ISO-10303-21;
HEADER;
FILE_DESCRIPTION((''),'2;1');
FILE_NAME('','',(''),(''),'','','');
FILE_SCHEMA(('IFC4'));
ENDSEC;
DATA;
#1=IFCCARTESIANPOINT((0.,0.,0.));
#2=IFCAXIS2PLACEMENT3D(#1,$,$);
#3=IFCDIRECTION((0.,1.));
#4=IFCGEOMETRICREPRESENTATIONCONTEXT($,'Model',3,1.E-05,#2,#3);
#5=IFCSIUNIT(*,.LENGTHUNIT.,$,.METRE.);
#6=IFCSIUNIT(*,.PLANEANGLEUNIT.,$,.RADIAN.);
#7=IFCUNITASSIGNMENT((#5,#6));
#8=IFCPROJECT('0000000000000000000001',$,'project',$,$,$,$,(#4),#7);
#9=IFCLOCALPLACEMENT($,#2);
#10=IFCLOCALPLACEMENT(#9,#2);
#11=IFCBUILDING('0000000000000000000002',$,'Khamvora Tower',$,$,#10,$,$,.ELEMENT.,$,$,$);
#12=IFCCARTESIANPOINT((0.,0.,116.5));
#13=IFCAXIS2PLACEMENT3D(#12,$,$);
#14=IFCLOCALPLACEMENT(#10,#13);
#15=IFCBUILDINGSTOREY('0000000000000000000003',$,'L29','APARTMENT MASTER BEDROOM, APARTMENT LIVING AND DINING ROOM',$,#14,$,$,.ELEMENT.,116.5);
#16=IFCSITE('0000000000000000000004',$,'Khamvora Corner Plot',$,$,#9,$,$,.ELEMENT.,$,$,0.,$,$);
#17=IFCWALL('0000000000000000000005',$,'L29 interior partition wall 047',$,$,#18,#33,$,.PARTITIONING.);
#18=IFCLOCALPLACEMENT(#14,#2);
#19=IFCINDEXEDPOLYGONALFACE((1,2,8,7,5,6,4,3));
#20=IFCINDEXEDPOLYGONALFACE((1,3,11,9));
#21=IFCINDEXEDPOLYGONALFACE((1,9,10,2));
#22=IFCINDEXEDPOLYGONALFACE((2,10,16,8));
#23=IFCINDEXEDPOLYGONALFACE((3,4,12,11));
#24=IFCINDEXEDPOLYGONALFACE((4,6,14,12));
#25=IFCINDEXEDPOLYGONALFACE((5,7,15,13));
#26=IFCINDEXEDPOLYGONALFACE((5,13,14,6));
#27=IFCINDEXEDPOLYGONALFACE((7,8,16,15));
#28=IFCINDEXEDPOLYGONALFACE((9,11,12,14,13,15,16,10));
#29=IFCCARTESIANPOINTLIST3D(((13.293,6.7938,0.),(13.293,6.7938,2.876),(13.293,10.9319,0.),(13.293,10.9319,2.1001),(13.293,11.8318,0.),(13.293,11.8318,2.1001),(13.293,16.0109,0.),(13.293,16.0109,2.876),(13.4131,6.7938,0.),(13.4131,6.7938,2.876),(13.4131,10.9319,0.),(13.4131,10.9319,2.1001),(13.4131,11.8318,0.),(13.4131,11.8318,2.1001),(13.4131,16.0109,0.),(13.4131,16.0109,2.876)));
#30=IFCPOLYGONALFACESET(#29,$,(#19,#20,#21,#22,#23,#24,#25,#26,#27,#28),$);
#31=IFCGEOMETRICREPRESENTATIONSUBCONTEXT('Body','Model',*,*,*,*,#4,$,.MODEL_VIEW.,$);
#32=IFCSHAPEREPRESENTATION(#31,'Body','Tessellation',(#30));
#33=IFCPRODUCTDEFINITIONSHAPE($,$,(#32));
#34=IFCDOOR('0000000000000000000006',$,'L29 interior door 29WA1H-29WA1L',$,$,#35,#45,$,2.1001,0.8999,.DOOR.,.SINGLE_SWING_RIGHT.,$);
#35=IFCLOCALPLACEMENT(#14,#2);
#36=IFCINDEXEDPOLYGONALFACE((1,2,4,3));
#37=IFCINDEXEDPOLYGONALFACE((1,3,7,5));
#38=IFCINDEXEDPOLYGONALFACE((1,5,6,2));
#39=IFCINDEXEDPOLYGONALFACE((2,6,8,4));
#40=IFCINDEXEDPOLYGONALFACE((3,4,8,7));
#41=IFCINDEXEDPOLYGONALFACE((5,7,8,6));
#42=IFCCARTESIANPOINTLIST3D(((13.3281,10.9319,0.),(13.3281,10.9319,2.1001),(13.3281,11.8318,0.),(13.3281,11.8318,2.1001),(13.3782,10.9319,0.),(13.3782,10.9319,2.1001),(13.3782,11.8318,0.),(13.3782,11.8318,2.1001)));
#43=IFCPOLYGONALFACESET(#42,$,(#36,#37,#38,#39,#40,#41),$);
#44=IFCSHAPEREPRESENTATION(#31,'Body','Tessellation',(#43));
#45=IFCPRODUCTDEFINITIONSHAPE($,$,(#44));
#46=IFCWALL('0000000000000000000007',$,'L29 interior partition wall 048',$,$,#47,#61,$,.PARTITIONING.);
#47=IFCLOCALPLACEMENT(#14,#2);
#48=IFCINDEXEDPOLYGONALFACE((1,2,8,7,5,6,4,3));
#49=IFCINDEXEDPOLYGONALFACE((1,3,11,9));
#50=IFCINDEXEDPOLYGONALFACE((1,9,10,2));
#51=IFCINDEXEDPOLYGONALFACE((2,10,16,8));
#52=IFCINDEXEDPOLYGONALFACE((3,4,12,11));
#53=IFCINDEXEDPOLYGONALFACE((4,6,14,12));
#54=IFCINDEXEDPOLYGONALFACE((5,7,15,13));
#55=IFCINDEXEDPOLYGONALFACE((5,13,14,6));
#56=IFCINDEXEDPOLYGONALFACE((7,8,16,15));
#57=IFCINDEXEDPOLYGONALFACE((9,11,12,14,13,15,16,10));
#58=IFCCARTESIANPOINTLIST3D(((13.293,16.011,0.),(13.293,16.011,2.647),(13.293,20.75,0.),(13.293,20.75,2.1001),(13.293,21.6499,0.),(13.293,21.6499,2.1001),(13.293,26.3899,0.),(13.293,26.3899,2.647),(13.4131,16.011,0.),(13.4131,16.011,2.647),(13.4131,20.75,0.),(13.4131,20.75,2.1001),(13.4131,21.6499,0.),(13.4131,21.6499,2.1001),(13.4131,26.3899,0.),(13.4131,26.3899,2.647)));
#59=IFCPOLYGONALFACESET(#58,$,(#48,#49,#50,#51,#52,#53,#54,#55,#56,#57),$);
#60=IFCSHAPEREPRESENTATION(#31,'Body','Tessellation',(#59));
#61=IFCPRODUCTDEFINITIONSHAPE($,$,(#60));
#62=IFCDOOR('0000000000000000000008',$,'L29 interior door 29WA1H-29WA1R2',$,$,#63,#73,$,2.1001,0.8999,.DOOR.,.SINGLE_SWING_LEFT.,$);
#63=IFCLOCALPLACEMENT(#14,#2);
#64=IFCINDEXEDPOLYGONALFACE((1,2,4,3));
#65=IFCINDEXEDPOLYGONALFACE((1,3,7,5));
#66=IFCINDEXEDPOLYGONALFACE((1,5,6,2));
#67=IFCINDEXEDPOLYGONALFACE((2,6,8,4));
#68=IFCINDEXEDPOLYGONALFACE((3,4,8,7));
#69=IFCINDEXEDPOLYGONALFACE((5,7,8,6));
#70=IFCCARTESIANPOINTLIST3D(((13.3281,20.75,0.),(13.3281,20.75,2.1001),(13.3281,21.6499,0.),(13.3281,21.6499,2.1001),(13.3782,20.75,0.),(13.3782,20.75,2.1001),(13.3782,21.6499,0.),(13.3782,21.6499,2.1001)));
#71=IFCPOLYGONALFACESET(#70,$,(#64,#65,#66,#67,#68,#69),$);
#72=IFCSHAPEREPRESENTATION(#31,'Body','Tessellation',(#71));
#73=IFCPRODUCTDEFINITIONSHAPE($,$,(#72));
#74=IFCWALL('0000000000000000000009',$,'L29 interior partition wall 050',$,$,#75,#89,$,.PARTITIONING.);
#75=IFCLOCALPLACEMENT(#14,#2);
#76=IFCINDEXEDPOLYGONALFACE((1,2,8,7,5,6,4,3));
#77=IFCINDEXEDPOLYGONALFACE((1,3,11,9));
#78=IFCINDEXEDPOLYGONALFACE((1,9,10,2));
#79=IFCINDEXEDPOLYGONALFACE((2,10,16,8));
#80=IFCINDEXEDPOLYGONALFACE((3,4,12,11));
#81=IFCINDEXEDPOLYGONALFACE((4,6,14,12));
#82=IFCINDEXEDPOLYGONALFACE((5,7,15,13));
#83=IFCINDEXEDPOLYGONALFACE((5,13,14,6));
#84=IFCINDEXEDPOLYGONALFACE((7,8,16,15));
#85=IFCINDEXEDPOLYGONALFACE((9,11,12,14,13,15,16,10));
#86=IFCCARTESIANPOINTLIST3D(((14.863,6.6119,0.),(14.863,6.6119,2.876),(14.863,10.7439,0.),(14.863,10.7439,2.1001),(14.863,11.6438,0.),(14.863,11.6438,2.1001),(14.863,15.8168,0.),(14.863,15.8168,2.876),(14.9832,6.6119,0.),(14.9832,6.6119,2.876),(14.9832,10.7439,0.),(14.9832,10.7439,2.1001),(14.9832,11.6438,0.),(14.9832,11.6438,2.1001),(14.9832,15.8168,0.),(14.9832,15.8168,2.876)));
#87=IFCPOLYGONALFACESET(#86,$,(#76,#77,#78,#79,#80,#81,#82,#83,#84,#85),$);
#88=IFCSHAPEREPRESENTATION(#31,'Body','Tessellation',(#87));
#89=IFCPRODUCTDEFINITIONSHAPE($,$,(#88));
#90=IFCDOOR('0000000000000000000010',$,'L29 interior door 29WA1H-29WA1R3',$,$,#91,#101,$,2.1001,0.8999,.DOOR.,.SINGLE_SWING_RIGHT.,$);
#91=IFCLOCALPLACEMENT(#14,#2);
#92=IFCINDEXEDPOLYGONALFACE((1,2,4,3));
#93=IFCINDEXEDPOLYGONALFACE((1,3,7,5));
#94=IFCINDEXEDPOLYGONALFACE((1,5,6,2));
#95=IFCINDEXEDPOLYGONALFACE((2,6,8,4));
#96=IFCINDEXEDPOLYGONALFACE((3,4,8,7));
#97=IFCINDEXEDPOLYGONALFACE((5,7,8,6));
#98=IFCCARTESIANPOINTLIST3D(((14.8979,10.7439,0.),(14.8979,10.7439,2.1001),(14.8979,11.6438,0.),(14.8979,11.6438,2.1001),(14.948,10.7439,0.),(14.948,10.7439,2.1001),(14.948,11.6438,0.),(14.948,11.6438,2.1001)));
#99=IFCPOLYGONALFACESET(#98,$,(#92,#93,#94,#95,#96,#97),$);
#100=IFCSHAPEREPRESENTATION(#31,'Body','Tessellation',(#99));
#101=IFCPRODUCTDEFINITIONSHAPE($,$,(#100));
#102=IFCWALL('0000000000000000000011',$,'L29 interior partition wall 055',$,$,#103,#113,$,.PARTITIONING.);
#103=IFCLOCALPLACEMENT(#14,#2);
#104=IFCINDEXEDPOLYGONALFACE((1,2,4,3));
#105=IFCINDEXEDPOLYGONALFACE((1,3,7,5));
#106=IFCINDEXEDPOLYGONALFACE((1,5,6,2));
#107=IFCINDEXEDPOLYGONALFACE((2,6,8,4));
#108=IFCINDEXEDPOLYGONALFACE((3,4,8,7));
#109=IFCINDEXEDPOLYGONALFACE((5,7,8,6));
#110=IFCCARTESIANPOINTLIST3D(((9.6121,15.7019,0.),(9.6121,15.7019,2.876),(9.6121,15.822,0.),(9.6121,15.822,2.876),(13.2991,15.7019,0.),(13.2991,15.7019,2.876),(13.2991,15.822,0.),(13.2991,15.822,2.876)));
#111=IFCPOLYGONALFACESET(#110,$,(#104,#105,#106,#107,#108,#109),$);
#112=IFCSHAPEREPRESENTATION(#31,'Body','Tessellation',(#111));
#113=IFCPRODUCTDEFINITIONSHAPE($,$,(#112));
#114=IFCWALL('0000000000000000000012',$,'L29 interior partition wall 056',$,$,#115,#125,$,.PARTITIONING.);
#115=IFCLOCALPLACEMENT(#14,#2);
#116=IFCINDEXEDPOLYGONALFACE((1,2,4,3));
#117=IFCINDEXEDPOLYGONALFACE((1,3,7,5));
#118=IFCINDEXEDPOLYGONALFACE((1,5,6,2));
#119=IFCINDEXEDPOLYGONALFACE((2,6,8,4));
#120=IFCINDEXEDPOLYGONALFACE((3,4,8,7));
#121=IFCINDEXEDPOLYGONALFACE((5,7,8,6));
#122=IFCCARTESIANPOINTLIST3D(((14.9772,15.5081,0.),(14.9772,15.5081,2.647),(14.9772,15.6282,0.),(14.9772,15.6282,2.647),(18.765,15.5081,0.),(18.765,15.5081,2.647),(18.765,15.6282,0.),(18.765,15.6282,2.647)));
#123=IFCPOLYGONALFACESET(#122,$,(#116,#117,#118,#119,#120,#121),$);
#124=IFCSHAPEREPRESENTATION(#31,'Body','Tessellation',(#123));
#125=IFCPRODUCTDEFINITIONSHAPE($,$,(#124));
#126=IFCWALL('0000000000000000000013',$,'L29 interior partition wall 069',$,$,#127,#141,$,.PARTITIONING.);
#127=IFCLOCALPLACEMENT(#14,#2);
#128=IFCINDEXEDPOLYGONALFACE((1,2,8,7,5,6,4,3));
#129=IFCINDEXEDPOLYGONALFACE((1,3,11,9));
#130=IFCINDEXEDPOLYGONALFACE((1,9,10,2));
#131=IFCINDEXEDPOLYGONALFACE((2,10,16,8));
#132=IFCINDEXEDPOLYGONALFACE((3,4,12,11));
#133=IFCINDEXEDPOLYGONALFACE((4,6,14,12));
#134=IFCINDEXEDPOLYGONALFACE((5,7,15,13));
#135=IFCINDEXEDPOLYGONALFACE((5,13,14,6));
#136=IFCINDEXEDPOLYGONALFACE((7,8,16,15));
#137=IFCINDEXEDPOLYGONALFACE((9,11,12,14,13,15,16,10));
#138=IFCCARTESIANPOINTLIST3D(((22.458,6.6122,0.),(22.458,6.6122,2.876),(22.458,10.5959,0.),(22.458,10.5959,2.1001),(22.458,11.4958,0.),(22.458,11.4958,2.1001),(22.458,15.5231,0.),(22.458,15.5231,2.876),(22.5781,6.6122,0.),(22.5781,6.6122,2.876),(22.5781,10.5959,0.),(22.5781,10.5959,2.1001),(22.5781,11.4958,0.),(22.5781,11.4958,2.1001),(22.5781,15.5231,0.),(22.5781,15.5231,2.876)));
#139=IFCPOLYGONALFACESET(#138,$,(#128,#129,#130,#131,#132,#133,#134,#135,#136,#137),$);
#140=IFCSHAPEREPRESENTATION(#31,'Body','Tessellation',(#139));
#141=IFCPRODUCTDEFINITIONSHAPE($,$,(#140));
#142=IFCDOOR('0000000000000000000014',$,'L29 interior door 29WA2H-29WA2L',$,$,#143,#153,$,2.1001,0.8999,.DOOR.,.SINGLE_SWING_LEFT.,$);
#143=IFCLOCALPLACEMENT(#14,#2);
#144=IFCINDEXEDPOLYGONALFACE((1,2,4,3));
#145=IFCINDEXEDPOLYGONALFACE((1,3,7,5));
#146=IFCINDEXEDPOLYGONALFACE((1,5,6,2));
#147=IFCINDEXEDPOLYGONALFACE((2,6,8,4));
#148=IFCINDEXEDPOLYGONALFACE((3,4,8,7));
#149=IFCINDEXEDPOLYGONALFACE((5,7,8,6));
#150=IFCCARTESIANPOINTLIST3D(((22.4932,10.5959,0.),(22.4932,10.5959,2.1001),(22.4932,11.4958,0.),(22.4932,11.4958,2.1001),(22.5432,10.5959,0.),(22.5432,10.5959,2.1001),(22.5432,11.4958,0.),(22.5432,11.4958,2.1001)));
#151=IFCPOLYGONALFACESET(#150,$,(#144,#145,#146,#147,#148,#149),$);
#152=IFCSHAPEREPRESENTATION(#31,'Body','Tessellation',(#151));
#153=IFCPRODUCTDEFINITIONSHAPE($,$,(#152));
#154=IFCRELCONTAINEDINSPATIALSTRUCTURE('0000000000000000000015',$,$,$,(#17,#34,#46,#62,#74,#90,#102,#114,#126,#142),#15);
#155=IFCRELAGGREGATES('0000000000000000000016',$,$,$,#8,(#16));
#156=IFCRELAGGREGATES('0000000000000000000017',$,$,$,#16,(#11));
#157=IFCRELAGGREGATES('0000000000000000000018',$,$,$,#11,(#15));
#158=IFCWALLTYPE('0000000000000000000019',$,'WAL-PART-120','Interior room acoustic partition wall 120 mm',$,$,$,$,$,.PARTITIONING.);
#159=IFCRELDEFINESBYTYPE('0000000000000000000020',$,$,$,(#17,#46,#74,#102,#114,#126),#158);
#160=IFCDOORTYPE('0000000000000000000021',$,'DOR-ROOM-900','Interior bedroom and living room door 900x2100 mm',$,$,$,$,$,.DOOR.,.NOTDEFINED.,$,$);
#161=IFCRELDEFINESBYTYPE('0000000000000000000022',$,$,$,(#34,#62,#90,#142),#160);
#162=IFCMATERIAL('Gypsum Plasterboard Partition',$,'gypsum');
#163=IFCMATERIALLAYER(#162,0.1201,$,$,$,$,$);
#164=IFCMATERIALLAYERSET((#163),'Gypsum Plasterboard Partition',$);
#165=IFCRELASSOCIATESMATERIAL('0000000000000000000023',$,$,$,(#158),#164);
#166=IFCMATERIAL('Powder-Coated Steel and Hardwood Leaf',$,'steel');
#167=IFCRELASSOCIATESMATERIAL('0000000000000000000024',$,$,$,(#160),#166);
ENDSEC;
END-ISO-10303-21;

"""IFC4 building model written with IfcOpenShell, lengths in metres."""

from ifc_helpers import new_model, si_unit, direction, frame, frame_2d, origin, place, context, subcontext, project, spatial, rectangle, extrude, material, layer, layer_set, type_object, element, fill, save


model = new_model("IFC4")

# Units and contexts
model_context = context("Model", 3, precision=1e-05, world=origin(), true_north=direction((0.0, 1.0)))
body_context = subcontext(model_context, "Body", "Model", "MODEL_VIEW")
ifc_project = project(units=[si_unit("LENGTHUNIT", "METRE"), si_unit("PLANEANGLEUNIT", "RADIAN")], contexts=[model_context])

# Site, building, storey
site_placement = place(None, origin())
site = spatial("IfcSite", under=ifc_project, at=site_placement, Name="Khamvora Corner Plot", CompositionType="ELEMENT", RefElevation=0.0)
building_placement = place(site_placement, origin())
building = spatial("IfcBuilding", under=site, at=building_placement, Name="Khamvora Tower", CompositionType="ELEMENT")
storey_placement = place(building_placement, frame((0.0, 0.0, 116.5)))
storey = spatial("IfcBuildingStorey", under=building, at=storey_placement, Name="L29", Description="APARTMENT MASTER BEDROOM, APARTMENT LIVING AND DINING ROOM", CompositionType="ELEMENT", Elevation=116.5)

# Walls, openings, doors
ifc_material_1 = material(Name="Gypsum Plasterboard Partition", Category="gypsum")
ifc_layer_1 = layer(ifc_material_1, 0.1201)
ifc_layer_set_1 = layer_set([ifc_layer_1], Name="Gypsum Plasterboard Partition")
wall_type_1 = type_object("IfcWallType", Name="WAL-PART-120", Description="Interior room acoustic partition wall 120 mm", PredefinedType="PARTITIONING", material=ifc_layer_set_1)
wall_1_placement = place(storey_placement, frame((13.353, 6.7939, 0.0), z_axis=(0.0, 0.0, 1.0), x_axis=(0.0, 1.0, 0.0)))
wall_1 = element("IfcWall", 1, at=wall_1_placement, inside=storey, type_object=wall_type_1, Name="L29 interior partition wall 047", PredefinedType="PARTITIONING", context=body_context, shape_type="SweptSolid", body=[
    extrude(rectangle(XDim=9.217, YDim=0.1201, at=frame_2d((4.6084, 0.0))), origin(), (0.0, 0.0, 1.0), 2.876),
])
opening_1_placement = place(wall_1_placement, frame((4.1379, 0.0, 0.0)))
opening_1 = element("IfcOpeningElement", 2, at=opening_1_placement, cuts=wall_1, PredefinedType="OPENING", context=body_context, shape_type="SweptSolid", body=[
    extrude(rectangle(XDim=0.8999, YDim=2.1001, at=frame_2d((0.45, 1.05))), frame((0.0, 0.0701, 0.0), z_axis=(0.0, -1.0, 0.0), x_axis=(1.0, 0.0, 0.0)), (0.0, 0.0, 1.0), 0.1401),
])
ifc_material_2 = material(Name="Powder-Coated Steel and Hardwood Leaf", Category="steel")
door_type = type_object("IfcDoorType", Name="DOR-ROOM-900", Description="Interior bedroom and living room door 900x2100 mm", OperationType="NOTDEFINED", PredefinedType="DOOR", material=ifc_material_2)
door_1_placement = place(opening_1_placement, origin())
door_1 = element("IfcDoor", 3, at=door_1_placement, inside=storey, type_object=door_type, Name="L29 interior door 29WA1H-29WA1L", OperationType="SINGLE_SWING_RIGHT", OverallHeight=2.1001, OverallWidth=0.8999, PredefinedType="DOOR", context=body_context, shape_type="SweptSolid", body=[
    extrude(rectangle(XDim=0.8999, YDim=2.1001, at=frame_2d((0.45, 1.05))), frame((0.0, 0.0249, 0.0), z_axis=(0.0, -1.0, 0.0), x_axis=(1.0, 0.0, 0.0)), (0.0, 0.0, 1.0), 0.05),
])
fill(opening_1, door_1)
wall_2_placement = place(storey_placement, frame((13.353, 16.011, 0.0), z_axis=(0.0, 0.0, 1.0), x_axis=(0.0, 1.0, 0.0)))
wall_2 = element("IfcWall", 4, at=wall_2_placement, inside=storey, type_object=wall_type_1, Name="L29 interior partition wall 048", PredefinedType="PARTITIONING", context=body_context, shape_type="SweptSolid", body=[
    extrude(rectangle(XDim=10.3789, YDim=0.1201, at=frame_2d((5.1895, 0.0))), origin(), (0.0, 0.0, 1.0), 2.647),
])
opening_2_placement = place(wall_2_placement, frame((4.739, 0.0, 0.0)))
opening_2 = element("IfcOpeningElement", 5, at=opening_2_placement, cuts=wall_2, PredefinedType="OPENING", context=body_context, shape_type="SweptSolid", body=[
    extrude(rectangle(XDim=0.8999, YDim=2.1001, at=frame_2d((0.45, 1.05))), frame((0.0, 0.0701, 0.0), z_axis=(0.0, -1.0, 0.0), x_axis=(1.0, 0.0, 0.0)), (0.0, 0.0, 1.0), 0.1401),
])
door_2_placement = place(opening_2_placement, origin())
door_2 = element("IfcDoor", 6, at=door_2_placement, inside=storey, type_object=door_type, Name="L29 interior door 29WA1H-29WA1R2", OperationType="SINGLE_SWING_LEFT", OverallHeight=2.1001, OverallWidth=0.8999, PredefinedType="DOOR", context=body_context, shape_type="SweptSolid", body=[
    extrude(rectangle(XDim=0.8999, YDim=2.1001, at=frame_2d((0.45, 1.05))), frame((0.0, 0.0249, 0.0), z_axis=(0.0, -1.0, 0.0), x_axis=(1.0, 0.0, 0.0)), (0.0, 0.0, 1.0), 0.05),
])
fill(opening_2, door_2)
wall_3_placement = place(storey_placement, frame((14.9231, 15.8169, 0.0), z_axis=(0.0, 0.0, 1.0), x_axis=(0.0, -1.0, 0.0)))
wall_3 = element("IfcWall", 7, at=wall_3_placement, inside=storey, type_object=wall_type_1, Name="L29 interior partition wall 050", PredefinedType="PARTITIONING", context=body_context, shape_type="SweptSolid", body=[
    extrude(rectangle(XDim=9.2048, YDim=0.1201, at=frame_2d((4.6025, 0.0))), origin(), (0.0, 0.0, 1.0), 2.876),
])
opening_3_placement = place(wall_3_placement, frame((4.1731, 0.0, 0.0)))
opening_3 = element("IfcOpeningElement", 8, at=opening_3_placement, cuts=wall_3, PredefinedType="OPENING", context=body_context, shape_type="SweptSolid", body=[
    extrude(rectangle(XDim=0.8999, YDim=2.1001, at=frame_2d((0.45, 1.05))), frame((0.0, 0.0701, 0.0), z_axis=(0.0, -1.0, 0.0), x_axis=(1.0, 0.0, 0.0)), (0.0, 0.0, 1.0), 0.1401),
])
door_3_placement = place(opening_3_placement, origin())
door_3 = element("IfcDoor", 9, at=door_3_placement, inside=storey, type_object=door_type, Name="L29 interior door 29WA1H-29WA1R3", OperationType="SINGLE_SWING_RIGHT", OverallHeight=2.1001, OverallWidth=0.8999, PredefinedType="DOOR", context=body_context, shape_type="SweptSolid", body=[
    extrude(rectangle(XDim=0.8999, YDim=2.1001, at=frame_2d((0.45, 1.05))), frame((0.0, 0.0249, 0.0), z_axis=(0.0, -1.0, 0.0), x_axis=(1.0, 0.0, 0.0)), (0.0, 0.0, 1.0), 0.05),
])
fill(opening_3, door_3)

# Walls
wall_4_placement = place(storey_placement, frame((9.6121, 15.762, 0.0), z_axis=(0.0, 0.0, 1.0), x_axis=(1.0, 0.0, 0.0)))
element("IfcWall", 10, at=wall_4_placement, inside=storey, type_object=wall_type_1, Name="L29 interior partition wall 055", PredefinedType="PARTITIONING", context=body_context, shape_type="SweptSolid", body=[
    extrude(rectangle(XDim=3.687, YDim=0.1201, at=frame_2d((1.8435, 0.0))), origin(), (0.0, 0.0, 1.0), 2.876),
])
wall_5_placement = place(storey_placement, frame((14.9771, 15.5681, 0.0), z_axis=(0.0, 0.0, 1.0), x_axis=(1.0, 0.0, 0.0)))
element("IfcWall", 11, at=wall_5_placement, inside=storey, type_object=wall_type_1, Name="L29 interior partition wall 056", PredefinedType="PARTITIONING", context=body_context, shape_type="SweptSolid", body=[
    extrude(rectangle(XDim=3.7878, YDim=0.1201, at=frame_2d((1.894, 0.0))), origin(), (0.0, 0.0, 1.0), 2.647),
])

# Wall, opening, door
wall_6_placement = place(storey_placement, frame((22.5181, 6.6121, 0.0), z_axis=(0.0, 0.0, 1.0), x_axis=(0.0, 1.0, 0.0)))
wall_6 = element("IfcWall", 12, at=wall_6_placement, inside=storey, type_object=wall_type_1, Name="L29 interior partition wall 069", PredefinedType="PARTITIONING", context=body_context, shape_type="SweptSolid", body=[
    extrude(rectangle(XDim=8.9109, YDim=0.1201, at=frame_2d((4.4556, 0.0))), origin(), (0.0, 0.0, 1.0), 2.876),
])
opening_4_placement = place(wall_6_placement, frame((3.9839, 0.0, 0.0)))
opening_4 = element("IfcOpeningElement", 13, at=opening_4_placement, cuts=wall_6, PredefinedType="OPENING", context=body_context, shape_type="SweptSolid", body=[
    extrude(rectangle(XDim=0.8999, YDim=2.1001, at=frame_2d((0.45, 1.05))), frame((0.0, 0.0701, 0.0), z_axis=(0.0, -1.0, 0.0), x_axis=(1.0, 0.0, 0.0)), (0.0, 0.0, 1.0), 0.1401),
])
door_4_placement = place(opening_4_placement, origin())
door_4 = element("IfcDoor", 14, at=door_4_placement, inside=storey, type_object=door_type, Name="L29 interior door 29WA2H-29WA2L", OperationType="SINGLE_SWING_LEFT", OverallHeight=2.1001, OverallWidth=0.8999, PredefinedType="DOOR", context=body_context, shape_type="SweptSolid", body=[
    extrude(rectangle(XDim=0.8999, YDim=2.1001, at=frame_2d((0.45, 1.05))), frame((0.0, 0.0249, 0.0), z_axis=(0.0, -1.0, 0.0), x_axis=(1.0, 0.0, 0.0)), (0.0, 0.0, 1.0), 0.05),
])
fill(opening_4, door_4)

save(model, "model.ifc")
